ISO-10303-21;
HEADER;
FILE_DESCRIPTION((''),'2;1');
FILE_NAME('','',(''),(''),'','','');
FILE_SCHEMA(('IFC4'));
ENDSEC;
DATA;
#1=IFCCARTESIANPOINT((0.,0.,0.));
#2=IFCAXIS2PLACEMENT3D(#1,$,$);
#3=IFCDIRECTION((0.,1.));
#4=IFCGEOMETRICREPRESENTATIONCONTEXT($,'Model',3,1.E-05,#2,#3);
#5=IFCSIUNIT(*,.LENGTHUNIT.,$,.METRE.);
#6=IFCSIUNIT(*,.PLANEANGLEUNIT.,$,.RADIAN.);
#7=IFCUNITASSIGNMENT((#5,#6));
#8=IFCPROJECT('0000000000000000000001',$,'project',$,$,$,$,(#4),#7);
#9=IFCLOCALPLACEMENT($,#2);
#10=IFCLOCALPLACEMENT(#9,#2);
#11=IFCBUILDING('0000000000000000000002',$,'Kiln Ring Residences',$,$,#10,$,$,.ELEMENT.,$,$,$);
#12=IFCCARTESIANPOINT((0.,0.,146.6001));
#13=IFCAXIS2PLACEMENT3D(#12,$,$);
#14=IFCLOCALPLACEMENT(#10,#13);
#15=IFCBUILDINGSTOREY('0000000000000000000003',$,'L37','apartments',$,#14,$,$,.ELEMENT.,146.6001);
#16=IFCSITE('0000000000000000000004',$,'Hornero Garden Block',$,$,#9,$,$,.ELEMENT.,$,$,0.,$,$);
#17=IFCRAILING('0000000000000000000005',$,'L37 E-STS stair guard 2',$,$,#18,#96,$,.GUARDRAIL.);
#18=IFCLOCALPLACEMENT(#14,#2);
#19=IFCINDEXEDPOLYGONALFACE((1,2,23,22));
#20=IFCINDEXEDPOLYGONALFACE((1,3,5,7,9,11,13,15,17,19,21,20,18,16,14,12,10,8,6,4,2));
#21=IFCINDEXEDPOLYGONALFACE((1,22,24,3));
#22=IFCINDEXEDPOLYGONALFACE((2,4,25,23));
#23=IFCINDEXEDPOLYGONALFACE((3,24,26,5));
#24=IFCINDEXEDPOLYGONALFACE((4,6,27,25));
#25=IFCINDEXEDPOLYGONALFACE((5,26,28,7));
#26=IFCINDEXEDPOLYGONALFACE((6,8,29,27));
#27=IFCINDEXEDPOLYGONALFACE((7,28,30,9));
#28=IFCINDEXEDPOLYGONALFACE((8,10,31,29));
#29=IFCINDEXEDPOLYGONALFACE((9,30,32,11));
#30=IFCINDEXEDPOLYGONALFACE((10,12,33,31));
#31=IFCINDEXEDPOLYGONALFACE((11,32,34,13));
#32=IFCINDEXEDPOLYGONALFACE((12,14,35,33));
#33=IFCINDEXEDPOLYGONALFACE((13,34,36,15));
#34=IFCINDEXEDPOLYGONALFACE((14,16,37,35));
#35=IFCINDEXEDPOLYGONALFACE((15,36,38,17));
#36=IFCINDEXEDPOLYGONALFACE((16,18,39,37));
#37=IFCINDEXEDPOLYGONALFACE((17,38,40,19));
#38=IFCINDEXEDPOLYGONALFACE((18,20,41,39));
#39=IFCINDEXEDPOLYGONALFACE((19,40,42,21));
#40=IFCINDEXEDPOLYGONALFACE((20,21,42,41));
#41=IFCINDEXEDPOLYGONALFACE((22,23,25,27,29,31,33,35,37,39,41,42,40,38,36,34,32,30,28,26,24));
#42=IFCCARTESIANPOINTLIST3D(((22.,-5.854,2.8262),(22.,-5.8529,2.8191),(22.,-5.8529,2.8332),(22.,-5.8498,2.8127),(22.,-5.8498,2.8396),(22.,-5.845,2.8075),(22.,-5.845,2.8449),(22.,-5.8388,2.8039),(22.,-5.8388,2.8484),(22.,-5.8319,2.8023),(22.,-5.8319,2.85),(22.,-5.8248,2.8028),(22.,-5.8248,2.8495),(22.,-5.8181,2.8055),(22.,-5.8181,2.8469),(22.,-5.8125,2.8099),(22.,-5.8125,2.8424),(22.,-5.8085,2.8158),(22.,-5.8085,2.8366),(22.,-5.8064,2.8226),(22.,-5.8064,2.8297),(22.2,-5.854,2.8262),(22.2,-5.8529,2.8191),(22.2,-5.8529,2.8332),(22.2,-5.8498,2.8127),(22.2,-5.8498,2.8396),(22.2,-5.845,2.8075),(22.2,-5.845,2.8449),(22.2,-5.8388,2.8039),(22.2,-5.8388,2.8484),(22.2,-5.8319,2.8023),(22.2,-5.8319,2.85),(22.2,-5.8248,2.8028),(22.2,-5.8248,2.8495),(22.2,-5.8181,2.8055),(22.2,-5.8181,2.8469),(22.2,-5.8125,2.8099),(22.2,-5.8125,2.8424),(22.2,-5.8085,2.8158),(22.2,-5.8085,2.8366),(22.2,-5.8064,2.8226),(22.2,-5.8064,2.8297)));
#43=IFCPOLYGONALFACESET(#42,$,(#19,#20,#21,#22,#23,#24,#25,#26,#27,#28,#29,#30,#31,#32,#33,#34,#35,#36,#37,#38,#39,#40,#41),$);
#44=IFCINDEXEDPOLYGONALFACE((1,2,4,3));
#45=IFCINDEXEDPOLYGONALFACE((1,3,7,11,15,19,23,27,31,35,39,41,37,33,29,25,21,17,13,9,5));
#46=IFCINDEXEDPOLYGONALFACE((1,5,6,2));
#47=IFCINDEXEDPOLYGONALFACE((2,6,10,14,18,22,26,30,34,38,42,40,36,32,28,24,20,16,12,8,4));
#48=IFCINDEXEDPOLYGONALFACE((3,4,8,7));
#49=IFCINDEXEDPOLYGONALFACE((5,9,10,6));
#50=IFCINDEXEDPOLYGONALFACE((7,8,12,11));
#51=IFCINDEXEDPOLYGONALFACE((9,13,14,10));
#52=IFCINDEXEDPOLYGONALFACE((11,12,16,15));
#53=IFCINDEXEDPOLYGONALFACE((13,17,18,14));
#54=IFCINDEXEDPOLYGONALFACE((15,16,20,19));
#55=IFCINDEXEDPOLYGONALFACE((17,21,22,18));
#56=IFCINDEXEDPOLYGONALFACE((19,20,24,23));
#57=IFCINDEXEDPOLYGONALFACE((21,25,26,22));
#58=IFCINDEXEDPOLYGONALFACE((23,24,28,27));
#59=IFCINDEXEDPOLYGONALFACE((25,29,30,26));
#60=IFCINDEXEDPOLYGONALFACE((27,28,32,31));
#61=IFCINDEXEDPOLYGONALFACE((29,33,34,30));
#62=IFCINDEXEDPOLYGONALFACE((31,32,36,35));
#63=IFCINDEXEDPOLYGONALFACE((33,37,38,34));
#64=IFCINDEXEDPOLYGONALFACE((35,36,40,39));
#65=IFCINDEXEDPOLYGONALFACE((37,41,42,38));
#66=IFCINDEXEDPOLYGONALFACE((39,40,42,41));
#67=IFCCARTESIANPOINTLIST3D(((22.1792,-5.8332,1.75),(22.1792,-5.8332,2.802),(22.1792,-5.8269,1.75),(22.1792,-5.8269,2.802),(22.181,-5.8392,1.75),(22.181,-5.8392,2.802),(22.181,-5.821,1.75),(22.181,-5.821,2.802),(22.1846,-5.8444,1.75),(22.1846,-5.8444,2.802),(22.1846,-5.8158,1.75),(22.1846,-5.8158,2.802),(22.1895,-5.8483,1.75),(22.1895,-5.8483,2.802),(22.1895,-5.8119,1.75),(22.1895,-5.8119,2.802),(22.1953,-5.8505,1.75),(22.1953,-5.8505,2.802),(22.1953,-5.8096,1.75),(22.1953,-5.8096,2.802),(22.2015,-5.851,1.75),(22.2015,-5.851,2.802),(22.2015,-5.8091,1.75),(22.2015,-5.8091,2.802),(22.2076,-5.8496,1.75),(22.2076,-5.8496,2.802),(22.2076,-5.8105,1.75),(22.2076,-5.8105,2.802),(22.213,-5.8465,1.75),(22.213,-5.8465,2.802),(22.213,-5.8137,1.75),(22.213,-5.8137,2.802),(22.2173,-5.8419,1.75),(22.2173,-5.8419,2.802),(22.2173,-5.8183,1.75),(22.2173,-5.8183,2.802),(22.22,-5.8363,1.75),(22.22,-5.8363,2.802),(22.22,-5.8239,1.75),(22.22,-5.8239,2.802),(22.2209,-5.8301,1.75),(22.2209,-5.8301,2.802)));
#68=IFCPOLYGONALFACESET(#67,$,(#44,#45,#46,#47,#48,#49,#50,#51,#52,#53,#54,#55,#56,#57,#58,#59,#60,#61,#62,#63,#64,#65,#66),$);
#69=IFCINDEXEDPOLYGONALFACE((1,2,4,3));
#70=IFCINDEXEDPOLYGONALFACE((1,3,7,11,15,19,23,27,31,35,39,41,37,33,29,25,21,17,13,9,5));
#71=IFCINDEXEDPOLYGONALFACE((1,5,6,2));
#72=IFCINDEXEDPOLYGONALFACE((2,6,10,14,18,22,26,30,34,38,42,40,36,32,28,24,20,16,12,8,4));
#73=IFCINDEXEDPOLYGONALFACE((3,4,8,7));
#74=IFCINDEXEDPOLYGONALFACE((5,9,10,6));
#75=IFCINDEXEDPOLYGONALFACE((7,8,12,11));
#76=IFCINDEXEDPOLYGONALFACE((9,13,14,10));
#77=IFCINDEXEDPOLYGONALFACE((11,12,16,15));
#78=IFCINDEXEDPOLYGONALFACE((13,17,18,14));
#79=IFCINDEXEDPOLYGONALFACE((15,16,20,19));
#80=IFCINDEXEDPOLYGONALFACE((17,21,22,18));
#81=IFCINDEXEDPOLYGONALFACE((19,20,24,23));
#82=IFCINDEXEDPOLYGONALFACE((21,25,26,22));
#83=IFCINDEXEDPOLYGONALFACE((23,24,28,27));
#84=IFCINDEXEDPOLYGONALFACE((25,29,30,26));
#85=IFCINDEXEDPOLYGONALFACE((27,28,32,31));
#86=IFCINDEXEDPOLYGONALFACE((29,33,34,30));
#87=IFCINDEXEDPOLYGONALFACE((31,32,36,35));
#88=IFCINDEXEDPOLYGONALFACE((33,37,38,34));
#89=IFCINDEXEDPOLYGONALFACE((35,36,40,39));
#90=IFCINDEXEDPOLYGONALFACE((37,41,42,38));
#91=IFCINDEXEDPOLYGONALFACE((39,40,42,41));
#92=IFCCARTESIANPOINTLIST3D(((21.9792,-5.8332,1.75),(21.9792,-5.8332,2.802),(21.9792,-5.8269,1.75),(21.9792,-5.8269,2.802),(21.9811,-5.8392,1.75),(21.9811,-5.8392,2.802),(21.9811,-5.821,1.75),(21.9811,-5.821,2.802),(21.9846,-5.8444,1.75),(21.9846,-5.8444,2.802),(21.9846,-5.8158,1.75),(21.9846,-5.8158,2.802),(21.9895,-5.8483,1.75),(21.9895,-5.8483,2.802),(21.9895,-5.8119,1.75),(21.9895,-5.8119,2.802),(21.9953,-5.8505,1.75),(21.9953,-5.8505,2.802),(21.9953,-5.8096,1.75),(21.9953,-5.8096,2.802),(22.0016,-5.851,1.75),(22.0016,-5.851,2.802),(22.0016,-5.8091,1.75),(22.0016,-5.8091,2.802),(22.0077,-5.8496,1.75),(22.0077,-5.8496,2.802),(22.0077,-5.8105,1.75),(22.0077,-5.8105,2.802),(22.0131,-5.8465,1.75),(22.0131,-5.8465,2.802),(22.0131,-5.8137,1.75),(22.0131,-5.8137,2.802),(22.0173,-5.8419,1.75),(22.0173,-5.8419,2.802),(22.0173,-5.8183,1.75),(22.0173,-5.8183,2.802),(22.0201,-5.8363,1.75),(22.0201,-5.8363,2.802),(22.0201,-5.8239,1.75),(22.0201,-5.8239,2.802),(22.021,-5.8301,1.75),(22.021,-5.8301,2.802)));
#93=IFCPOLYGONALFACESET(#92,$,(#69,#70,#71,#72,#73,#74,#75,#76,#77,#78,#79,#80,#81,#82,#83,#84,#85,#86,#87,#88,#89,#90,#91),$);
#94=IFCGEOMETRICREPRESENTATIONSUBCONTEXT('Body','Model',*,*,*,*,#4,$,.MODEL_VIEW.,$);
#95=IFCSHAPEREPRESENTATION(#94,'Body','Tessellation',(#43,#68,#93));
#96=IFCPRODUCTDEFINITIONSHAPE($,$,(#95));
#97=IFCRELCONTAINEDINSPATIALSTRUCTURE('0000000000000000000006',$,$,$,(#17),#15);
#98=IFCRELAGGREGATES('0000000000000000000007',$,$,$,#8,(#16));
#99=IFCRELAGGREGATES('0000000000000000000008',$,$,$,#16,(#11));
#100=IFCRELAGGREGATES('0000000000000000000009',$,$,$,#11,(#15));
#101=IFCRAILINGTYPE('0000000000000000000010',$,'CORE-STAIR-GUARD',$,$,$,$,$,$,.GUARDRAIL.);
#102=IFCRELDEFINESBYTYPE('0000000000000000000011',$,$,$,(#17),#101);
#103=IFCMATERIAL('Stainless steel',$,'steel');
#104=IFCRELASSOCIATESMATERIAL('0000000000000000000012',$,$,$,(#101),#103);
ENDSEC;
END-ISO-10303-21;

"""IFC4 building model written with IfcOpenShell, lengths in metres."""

from ifc_helpers import new_model, si_unit, direction, frame, origin, origin_2d, place, context, subcontext, project, spatial, circle, extrude, material, type_object, element, save


model = new_model("IFC4")

# Units and contexts
model_context = context("Model", 3, precision=1e-05, world=origin(), true_north=direction((0.0, 1.0)))
body_context = subcontext(model_context, "Body", "Model", "MODEL_VIEW")
ifc_project = project(units=[si_unit("LENGTHUNIT", "METRE"), si_unit("PLANEANGLEUNIT", "RADIAN")], contexts=[model_context])

# Site, building, storey
site_placement = place(None, origin())
site = spatial("IfcSite", under=ifc_project, at=site_placement, Name="Hornero Garden Block", CompositionType="ELEMENT", RefElevation=0.0)
building_placement = place(site_placement, origin())
building = spatial("IfcBuilding", under=site, at=building_placement, Name="Kiln Ring Residences", CompositionType="ELEMENT")
storey_placement = place(building_placement, frame((0.0, 0.0, 146.6001)))
storey = spatial("IfcBuildingStorey", under=building, at=storey_placement, Name="L37", Description="apartments", CompositionType="ELEMENT", Elevation=146.6001)

# Railing
ifc_material_1 = material(Name="Stainless steel", Category="steel")
railing_type_1 = type_object("IfcRailingType", Name="CORE-STAIR-GUARD", PredefinedType="GUARDRAIL", material=ifc_material_1)
railing_1_placement = place(storey_placement, frame((22.2, -5.8301, 1.75)))
element("IfcRailing", 1, at=railing_1_placement, inside=storey, type_object=railing_type_1, Name="L37 E-STS stair guard 2", PredefinedType="GUARDRAIL", context=body_context, shape_type="SweptSolid", body=[
    extrude(circle(Radius=0.0239, at=origin_2d()), frame((0.0, 0.0, 1.0762), z_axis=(-1.0, 0.0, 0.0), x_axis=(0.0, -1.0, 0.0)), (0.0, 0.0, 1.0), 0.2),
    extrude(circle(Radius=0.021, at=origin_2d()), origin(), (0.0, 0.0, 1.0), 1.052),
    extrude(circle(Radius=0.021, at=origin_2d()), frame((-0.2, 0.0, 0.0)), (0.0, 0.0, 1.0), 1.052),
])

save(model, "model.ifc")
